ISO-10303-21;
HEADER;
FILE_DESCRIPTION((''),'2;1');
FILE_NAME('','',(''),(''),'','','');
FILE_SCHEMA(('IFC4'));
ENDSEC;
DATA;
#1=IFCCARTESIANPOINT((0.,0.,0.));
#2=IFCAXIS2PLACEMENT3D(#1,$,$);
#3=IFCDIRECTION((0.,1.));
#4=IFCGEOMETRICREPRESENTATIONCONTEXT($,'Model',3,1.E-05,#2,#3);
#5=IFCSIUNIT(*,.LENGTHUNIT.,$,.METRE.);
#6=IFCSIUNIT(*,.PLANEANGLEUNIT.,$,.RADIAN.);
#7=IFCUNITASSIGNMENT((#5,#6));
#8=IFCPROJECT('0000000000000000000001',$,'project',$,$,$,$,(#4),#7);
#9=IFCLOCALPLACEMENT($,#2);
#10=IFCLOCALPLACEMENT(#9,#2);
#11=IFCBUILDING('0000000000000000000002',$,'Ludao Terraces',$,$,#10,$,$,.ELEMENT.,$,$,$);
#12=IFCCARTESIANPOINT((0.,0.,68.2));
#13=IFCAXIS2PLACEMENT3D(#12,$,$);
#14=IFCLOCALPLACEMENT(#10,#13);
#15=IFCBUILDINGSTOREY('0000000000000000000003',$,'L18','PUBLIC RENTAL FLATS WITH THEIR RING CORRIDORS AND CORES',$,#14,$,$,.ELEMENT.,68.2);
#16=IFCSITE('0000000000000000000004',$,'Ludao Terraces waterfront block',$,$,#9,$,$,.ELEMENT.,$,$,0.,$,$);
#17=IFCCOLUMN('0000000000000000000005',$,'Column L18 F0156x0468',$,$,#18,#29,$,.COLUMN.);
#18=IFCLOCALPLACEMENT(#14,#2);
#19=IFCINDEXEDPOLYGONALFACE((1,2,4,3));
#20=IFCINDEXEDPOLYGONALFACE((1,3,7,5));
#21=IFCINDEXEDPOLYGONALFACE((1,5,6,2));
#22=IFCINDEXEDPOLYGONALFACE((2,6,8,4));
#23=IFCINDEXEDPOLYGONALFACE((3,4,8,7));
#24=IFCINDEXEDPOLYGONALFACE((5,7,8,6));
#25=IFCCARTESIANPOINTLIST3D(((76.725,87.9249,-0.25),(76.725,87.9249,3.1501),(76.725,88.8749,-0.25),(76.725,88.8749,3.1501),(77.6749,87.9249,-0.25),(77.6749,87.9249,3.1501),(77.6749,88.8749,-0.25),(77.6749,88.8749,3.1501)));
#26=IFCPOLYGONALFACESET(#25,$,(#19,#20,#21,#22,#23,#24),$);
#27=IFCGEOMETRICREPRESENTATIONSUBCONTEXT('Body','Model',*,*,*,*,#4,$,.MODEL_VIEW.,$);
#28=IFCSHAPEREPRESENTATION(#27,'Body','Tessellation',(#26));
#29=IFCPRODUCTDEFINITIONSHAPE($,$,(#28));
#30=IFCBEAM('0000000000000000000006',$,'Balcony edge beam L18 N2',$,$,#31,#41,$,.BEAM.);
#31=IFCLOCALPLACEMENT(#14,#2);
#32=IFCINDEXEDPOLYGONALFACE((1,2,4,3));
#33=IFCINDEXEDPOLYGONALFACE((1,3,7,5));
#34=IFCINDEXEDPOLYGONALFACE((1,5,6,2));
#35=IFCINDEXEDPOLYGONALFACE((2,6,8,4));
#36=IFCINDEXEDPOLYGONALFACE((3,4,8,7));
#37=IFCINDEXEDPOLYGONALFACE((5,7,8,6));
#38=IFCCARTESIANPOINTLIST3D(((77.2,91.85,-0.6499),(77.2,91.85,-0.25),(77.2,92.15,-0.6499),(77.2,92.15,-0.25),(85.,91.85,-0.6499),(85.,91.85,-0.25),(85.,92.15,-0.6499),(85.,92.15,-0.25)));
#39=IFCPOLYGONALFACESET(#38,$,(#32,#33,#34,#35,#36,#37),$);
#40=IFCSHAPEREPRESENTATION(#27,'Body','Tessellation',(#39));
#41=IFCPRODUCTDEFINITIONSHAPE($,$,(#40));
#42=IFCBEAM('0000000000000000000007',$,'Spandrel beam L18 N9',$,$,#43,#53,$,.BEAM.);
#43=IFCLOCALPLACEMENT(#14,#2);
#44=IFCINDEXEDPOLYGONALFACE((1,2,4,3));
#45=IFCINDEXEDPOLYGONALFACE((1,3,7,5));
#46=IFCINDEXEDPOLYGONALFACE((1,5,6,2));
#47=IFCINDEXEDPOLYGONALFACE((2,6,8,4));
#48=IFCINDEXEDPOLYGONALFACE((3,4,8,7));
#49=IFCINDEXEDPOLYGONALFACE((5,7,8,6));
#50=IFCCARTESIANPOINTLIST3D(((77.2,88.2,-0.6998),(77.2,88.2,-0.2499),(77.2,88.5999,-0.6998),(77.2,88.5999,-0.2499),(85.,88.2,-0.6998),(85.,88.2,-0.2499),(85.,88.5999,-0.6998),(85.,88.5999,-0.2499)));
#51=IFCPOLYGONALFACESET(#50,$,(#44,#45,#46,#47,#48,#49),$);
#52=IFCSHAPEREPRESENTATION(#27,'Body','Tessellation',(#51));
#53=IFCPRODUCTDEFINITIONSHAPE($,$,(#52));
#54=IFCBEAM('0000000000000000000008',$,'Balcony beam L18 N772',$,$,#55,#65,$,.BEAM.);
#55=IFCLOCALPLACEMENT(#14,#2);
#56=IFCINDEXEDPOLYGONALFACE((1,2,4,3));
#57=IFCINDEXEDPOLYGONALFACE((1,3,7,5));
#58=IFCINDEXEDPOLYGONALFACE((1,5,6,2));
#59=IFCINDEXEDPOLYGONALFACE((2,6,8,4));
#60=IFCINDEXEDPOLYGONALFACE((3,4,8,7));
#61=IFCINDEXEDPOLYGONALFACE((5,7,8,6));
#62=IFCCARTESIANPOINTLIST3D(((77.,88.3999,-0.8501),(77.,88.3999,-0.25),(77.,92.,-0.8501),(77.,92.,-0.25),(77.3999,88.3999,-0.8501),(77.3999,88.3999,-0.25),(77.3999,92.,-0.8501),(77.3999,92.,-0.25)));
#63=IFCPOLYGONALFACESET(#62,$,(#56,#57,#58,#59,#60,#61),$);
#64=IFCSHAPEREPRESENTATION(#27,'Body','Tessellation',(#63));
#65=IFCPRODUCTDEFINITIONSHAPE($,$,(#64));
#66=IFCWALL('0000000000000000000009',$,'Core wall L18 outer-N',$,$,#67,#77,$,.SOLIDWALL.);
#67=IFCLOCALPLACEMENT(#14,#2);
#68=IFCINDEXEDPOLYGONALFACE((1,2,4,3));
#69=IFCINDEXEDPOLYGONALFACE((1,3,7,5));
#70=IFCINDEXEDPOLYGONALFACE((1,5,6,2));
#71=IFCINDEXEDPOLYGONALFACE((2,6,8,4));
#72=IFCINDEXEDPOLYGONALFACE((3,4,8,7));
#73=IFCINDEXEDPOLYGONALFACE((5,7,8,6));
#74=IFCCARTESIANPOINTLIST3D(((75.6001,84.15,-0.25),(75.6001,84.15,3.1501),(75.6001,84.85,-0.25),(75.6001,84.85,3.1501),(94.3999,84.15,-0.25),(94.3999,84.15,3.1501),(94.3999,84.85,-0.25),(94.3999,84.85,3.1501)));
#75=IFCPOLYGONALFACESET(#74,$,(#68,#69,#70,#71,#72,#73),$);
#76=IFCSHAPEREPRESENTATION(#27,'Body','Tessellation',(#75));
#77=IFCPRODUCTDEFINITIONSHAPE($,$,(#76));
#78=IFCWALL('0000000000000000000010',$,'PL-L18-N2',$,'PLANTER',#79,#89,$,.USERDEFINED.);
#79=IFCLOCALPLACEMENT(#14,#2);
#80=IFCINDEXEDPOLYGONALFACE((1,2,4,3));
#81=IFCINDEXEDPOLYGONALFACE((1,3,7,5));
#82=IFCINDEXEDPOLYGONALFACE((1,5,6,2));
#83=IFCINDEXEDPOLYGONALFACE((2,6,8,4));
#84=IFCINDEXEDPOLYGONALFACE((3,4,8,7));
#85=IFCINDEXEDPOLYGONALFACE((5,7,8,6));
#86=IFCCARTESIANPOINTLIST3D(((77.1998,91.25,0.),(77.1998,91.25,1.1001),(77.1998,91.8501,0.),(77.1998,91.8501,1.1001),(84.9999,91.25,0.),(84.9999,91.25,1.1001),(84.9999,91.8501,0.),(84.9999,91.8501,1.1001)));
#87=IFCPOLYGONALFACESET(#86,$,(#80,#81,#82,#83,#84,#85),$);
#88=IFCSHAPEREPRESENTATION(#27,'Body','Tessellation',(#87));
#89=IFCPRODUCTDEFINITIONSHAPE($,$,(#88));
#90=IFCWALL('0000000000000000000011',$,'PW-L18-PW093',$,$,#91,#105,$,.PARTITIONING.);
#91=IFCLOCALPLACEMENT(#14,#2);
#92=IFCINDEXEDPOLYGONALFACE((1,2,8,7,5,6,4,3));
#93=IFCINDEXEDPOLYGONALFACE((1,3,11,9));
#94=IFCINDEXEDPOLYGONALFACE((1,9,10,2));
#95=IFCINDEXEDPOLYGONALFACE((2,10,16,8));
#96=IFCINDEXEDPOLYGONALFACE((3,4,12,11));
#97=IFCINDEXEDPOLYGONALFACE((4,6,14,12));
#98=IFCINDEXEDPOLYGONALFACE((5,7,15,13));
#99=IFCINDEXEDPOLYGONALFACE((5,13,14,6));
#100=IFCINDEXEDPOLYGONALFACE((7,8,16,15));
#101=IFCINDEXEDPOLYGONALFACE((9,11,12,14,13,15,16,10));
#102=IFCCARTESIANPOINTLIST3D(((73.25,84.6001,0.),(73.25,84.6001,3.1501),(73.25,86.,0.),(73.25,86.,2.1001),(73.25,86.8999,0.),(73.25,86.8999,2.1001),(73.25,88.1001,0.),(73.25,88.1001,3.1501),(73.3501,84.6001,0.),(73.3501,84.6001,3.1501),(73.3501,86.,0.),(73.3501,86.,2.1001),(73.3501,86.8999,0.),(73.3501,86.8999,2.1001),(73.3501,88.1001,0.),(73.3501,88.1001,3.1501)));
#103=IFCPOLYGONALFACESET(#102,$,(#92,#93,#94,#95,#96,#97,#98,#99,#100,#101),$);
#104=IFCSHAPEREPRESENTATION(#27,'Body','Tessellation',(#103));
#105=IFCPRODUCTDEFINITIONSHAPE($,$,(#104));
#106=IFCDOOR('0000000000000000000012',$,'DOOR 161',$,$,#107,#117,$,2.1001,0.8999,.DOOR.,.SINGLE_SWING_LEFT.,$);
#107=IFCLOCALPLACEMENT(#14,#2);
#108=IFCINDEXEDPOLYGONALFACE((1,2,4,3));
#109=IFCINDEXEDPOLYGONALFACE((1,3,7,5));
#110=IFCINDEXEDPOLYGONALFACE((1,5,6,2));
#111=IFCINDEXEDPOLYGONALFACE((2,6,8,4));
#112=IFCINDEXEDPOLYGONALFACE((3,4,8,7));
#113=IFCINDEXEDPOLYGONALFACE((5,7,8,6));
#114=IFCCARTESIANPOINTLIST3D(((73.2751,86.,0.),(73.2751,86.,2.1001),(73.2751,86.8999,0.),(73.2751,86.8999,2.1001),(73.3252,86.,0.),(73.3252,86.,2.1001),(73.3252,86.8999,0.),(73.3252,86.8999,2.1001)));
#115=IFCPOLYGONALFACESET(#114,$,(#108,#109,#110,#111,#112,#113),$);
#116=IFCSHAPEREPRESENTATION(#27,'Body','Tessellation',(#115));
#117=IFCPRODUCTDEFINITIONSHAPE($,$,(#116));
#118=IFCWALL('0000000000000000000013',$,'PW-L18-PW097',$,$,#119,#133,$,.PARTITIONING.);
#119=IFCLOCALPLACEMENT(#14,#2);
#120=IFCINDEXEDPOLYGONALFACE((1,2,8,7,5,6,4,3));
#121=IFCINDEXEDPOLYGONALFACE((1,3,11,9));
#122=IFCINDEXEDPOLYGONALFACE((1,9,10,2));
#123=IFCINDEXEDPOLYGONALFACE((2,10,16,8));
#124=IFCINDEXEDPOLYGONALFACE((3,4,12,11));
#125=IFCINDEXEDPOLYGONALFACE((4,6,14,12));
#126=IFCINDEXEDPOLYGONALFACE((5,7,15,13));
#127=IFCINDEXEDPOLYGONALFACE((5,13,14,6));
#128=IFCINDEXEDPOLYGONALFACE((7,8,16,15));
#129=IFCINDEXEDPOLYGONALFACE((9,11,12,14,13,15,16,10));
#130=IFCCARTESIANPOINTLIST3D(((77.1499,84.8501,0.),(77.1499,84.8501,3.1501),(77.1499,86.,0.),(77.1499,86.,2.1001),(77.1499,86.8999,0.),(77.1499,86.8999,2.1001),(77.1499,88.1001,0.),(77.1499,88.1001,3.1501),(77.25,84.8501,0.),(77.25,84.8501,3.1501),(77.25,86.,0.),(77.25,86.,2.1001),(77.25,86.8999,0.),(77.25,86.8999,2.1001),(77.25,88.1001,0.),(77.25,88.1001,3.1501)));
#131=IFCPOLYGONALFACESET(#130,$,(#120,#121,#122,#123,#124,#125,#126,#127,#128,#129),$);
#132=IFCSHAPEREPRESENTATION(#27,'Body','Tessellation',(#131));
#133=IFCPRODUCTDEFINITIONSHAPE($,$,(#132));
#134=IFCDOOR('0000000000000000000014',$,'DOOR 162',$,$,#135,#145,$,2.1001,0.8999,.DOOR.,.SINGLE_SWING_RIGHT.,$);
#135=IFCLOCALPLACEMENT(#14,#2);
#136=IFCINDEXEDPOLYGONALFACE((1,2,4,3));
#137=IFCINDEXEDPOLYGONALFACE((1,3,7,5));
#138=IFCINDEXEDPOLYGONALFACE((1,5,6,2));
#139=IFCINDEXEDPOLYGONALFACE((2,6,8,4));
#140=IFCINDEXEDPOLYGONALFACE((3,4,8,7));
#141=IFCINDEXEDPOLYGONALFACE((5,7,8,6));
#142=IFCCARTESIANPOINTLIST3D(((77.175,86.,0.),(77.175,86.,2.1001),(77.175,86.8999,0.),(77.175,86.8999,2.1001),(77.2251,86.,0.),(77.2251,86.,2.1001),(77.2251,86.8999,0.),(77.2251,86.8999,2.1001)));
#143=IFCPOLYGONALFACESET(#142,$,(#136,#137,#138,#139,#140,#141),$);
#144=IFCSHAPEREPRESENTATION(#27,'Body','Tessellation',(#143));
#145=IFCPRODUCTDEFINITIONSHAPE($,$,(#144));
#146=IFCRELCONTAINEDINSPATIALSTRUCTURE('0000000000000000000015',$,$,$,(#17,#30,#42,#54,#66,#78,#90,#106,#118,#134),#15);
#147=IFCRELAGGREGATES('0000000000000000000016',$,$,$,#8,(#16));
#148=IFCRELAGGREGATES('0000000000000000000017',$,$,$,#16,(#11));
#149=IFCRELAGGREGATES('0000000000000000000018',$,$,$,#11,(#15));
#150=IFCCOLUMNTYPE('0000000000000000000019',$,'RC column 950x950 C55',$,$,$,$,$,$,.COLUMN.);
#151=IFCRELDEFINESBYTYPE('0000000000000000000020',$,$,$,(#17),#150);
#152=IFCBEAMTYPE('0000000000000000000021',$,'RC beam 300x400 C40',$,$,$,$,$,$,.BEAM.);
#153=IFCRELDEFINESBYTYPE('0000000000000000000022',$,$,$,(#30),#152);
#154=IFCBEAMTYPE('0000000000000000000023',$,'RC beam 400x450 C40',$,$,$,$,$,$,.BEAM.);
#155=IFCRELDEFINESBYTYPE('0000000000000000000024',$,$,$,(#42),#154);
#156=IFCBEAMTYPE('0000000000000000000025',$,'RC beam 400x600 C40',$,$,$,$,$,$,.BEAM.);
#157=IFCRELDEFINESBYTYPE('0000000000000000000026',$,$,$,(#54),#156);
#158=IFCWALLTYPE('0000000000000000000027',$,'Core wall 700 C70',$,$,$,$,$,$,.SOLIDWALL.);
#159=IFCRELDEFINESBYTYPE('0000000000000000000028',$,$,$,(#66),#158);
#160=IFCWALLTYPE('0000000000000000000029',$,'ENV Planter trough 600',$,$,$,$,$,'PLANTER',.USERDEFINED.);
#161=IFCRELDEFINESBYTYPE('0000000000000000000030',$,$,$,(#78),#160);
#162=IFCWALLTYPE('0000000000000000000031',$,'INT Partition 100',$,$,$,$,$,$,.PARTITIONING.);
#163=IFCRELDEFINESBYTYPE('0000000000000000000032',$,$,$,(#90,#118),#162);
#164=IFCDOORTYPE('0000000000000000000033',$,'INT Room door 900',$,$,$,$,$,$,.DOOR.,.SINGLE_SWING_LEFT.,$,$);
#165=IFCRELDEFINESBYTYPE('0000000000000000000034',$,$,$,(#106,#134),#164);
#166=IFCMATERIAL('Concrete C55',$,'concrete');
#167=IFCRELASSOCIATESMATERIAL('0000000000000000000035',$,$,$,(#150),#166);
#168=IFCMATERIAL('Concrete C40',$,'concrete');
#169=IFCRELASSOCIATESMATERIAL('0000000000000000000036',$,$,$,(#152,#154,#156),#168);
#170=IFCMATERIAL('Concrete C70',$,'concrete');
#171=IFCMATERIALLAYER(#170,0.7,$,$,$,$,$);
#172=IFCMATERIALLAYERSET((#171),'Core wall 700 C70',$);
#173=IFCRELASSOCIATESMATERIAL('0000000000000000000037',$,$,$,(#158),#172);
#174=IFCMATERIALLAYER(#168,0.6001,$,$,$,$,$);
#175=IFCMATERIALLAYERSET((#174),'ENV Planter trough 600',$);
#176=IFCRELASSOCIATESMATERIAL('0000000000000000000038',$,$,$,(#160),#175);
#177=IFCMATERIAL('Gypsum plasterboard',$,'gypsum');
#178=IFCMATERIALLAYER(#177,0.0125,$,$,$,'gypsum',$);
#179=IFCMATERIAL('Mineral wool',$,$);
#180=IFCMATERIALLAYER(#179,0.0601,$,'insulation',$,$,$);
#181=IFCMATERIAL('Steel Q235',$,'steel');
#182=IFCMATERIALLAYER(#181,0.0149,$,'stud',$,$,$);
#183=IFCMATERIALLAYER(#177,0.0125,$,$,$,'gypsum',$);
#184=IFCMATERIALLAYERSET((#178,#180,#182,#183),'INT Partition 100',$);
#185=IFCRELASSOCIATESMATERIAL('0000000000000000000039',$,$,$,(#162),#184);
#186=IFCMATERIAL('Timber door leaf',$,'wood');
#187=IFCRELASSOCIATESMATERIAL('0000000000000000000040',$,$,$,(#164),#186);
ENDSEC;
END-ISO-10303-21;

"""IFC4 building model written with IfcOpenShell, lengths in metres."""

from ifc_helpers import new_model, si_unit, direction, frame, frame_2d, origin, origin_2d, place, context, subcontext, project, spatial, rectangle, extrude, material, layer, layer_set, material_profile, profile_set, type_object, element, fill, save


model = new_model("IFC4")

# Units and contexts
model_context = context("Model", 3, precision=1e-05, world=origin(), true_north=direction((0.0, 1.0)))
body_context = subcontext(model_context, "Body", "Model", "MODEL_VIEW")
ifc_project = project(units=[si_unit("LENGTHUNIT", "METRE"), si_unit("PLANEANGLEUNIT", "RADIAN")], contexts=[model_context])

# Site, building, storey
site_placement = place(None, origin())
site = spatial("IfcSite", under=ifc_project, at=site_placement, Name="Ludao Terraces waterfront block", CompositionType="ELEMENT", RefElevation=0.0)
building_placement = place(site_placement, origin())
building = spatial("IfcBuilding", under=site, at=building_placement, Name="Ludao Terraces", CompositionType="ELEMENT")
storey_placement = place(building_placement, frame((0.0, 0.0, 68.2)))
storey = spatial("IfcBuildingStorey", under=building, at=storey_placement, Name="L18", Description="PUBLIC RENTAL FLATS WITH THEIR RING CORRIDORS AND CORES", CompositionType="ELEMENT", Elevation=68.2)

# Column
ifc_material_1 = material(Name="Concrete C55", Category="concrete")
ifc_material_profile_1 = material_profile(ifc_material_1, rectangle(XDim=0.95, YDim=0.95, at=origin_2d()), Name="950 X 950")
ifc_profile_set_1 = profile_set([ifc_material_profile_1], Name="Concrete C55")
column_type = type_object("IfcColumnType", Name="RC column 950x950 C55", PredefinedType="COLUMN", material=ifc_profile_set_1)
column_placement = place(storey_placement, frame((77.2, 88.3999, -0.25), z_axis=(0.0, 0.0, 1.0), x_axis=(1.0, 0.0, 0.0)))
element("IfcColumn", 1, at=column_placement, inside=storey, type_object=column_type, Name="Column L18 F0156x0468", PredefinedType="COLUMN", context=body_context, shape_type="SweptSolid", body=[
    extrude(rectangle(XDim=0.95, YDim=0.95, at=origin_2d()), origin(), (0.0, 0.0, 1.0), 3.4001),
])

# Beams
ifc_material_2 = material(Name="Concrete C40", Category="concrete")
ifc_material_profile_2 = material_profile(ifc_material_2, rectangle(XDim=0.3, YDim=0.3999, at=origin_2d()), Name="300 X 400")
ifc_profile_set_2 = profile_set([ifc_material_profile_2], Name="Concrete C40")
beam_type_1 = type_object("IfcBeamType", Name="RC beam 300x400 C40", PredefinedType="BEAM", material=ifc_profile_set_2)
beam_1_placement = place(storey_placement, frame((77.2, 92.0, -0.45), z_axis=(1.0, 0.0, 0.0), x_axis=(0.0, 1.0, 0.0)))
element("IfcBeam", 2, at=beam_1_placement, inside=storey, type_object=beam_type_1, Name="Balcony edge beam L18 N2", PredefinedType="BEAM", context=body_context, shape_type="SweptSolid", body=[
    extrude(rectangle(XDim=0.3, YDim=0.3999, at=origin_2d()), origin(), (0.0, 0.0, 1.0), 7.8),
])
ifc_material_profile_3 = material_profile(ifc_material_2, rectangle(XDim=0.3999, YDim=0.45, at=origin_2d()), Name="400 X 450")
ifc_profile_set_3 = profile_set([ifc_material_profile_3], Name="Concrete C40")
beam_type_2 = type_object("IfcBeamType", Name="RC beam 400x450 C40", PredefinedType="BEAM", material=ifc_profile_set_3)
beam_2_placement = place(storey_placement, frame((77.2, 88.3999, -0.4749), z_axis=(1.0, 0.0, 0.0), x_axis=(0.0, 1.0, 0.0)))
element("IfcBeam", 3, at=beam_2_placement, inside=storey, type_object=beam_type_2, Name="Spandrel beam L18 N9", PredefinedType="BEAM", context=body_context, shape_type="SweptSolid", body=[
    extrude(rectangle(XDim=0.3999, YDim=0.45, at=origin_2d()), origin(), (0.0, 0.0, 1.0), 7.8),
])
ifc_material_profile_4 = material_profile(ifc_material_2, rectangle(XDim=0.3999, YDim=0.6001, at=origin_2d()), Name="400 X 600")
ifc_profile_set_4 = profile_set([ifc_material_profile_4], Name="Concrete C40")
beam_type_3 = type_object("IfcBeamType", Name="RC beam 400x600 C40", PredefinedType="BEAM", material=ifc_profile_set_4)
beam_3_placement = place(storey_placement, frame((77.2, 88.3999, -0.55), z_axis=(0.0, 1.0, 0.0), x_axis=(-1.0, 0.0, 0.0)))
element("IfcBeam", 4, at=beam_3_placement, inside=storey, type_object=beam_type_3, Name="Balcony beam L18 N772", PredefinedType="BEAM", context=body_context, shape_type="SweptSolid", body=[
    extrude(rectangle(XDim=0.3999, YDim=0.6001, at=origin_2d()), origin(), (0.0, 0.0, 1.0), 3.6001),
])

# Walls
ifc_material_3 = material(Name="Concrete C70", Category="concrete")
ifc_layer_1 = layer(ifc_material_3, 0.7)
ifc_layer_set_1 = layer_set([ifc_layer_1], Name="Core wall 700 C70")
wall_type_1 = type_object("IfcWallType", Name="Core wall 700 C70", PredefinedType="SOLIDWALL", material=ifc_layer_set_1)
wall_1_placement = place(storey_placement, frame((75.6001, 84.5, -0.25), z_axis=(0.0, 0.0, 1.0), x_axis=(1.0, 0.0, 0.0)))
element("IfcWall", 5, at=wall_1_placement, inside=storey, type_object=wall_type_1, Name="Core wall L18 outer-N", PredefinedType="SOLIDWALL", context=body_context, shape_type="SweptSolid", body=[
    extrude(rectangle(XDim=18.7998, YDim=0.7, at=frame_2d((9.3999, 0.0))), origin(), (0.0, 0.0, 1.0), 3.4001),
])
ifc_layer_2 = layer(ifc_material_2, 0.6001)
ifc_layer_set_2 = layer_set([ifc_layer_2], Name="ENV Planter trough 600")
wall_type_2 = type_object("IfcWallType", Name="ENV Planter trough 600", ElementType="PLANTER", PredefinedType="USERDEFINED", material=ifc_layer_set_2)
wall_2_placement = place(storey_placement, frame((77.2, 91.55, 0.0), z_axis=(0.0, 0.0, 1.0), x_axis=(1.0, 0.0, 0.0)))
element("IfcWall", 6, at=wall_2_placement, inside=storey, type_object=wall_type_2, Name="PL-L18-N2", ObjectType="PLANTER", PredefinedType="USERDEFINED", context=body_context, shape_type="SweptSolid", body=[
    extrude(rectangle(XDim=7.8, YDim=0.6001, at=frame_2d((3.8999, 0.0))), origin(), (0.0, 0.0, 1.0), 1.1001),
])

# Shared definitions
ifc_material_4 = material(Name="Mineral wool")

# Walls, openings, doors
ifc_material_5 = material(Name="Gypsum plasterboard", Category="gypsum")
ifc_layer_3 = layer(ifc_material_5, 0.0125, Category="gypsum")
ifc_layer_4 = layer(ifc_material_4, 0.0601, Name="insulation")
ifc_material_6 = material(Name="Steel Q235", Category="steel")
ifc_layer_5 = layer(ifc_material_6, 0.0149, Name="stud")
ifc_layer_6 = layer(ifc_material_5, 0.0125, Category="gypsum")
ifc_layer_set_3 = layer_set([ifc_layer_3, ifc_layer_4, ifc_layer_5, ifc_layer_6], Name="INT Partition 100")
wall_type_3 = type_object("IfcWallType", Name="INT Partition 100", PredefinedType="PARTITIONING", material=ifc_layer_set_3)
wall_3_placement = place(storey_placement, frame((73.3, 84.6001, 0.0), z_axis=(0.0, 0.0, 1.0), x_axis=(0.0, 1.0, 0.0)))
wall_3 = element("IfcWall", 7, at=wall_3_placement, inside=storey, type_object=wall_type_3, Name="PW-L18-PW093", PredefinedType="PARTITIONING", context=body_context, shape_type="SweptSolid", body=[
    extrude(rectangle(XDim=3.5, YDim=0.1001, at=frame_2d((1.75, 0.0))), origin(), (0.0, 0.0, 1.0), 3.1501),
])
opening_1_placement = place(wall_3_placement, frame((1.3999, 0.0, 0.0)))
opening_1 = element("IfcOpeningElement", 8, at=opening_1_placement, cuts=wall_3, PredefinedType="OPENING", context=body_context, shape_type="SweptSolid", body=[
    extrude(rectangle(XDim=0.8999, YDim=2.1001, at=frame_2d((0.45, 1.05))), frame((0.0, 0.0601, 0.0), z_axis=(0.0, -1.0, 0.0), x_axis=(1.0, 0.0, 0.0)), (0.0, 0.0, 1.0), 0.1201),
])
ifc_material_7 = material(Name="Timber door leaf", Category="wood")
door_type_1 = type_object("IfcDoorType", Name="INT Room door 900", OperationType="SINGLE_SWING_LEFT", PredefinedType="DOOR", material=ifc_material_7)
door_1_placement = place(opening_1_placement, origin())
door_1 = element("IfcDoor", 9, at=door_1_placement, inside=storey, type_object=door_type_1, Name="DOOR 161", OperationType="SINGLE_SWING_LEFT", OverallHeight=2.1001, OverallWidth=0.8999, PredefinedType="DOOR", context=body_context, shape_type="SweptSolid", body=[
    extrude(rectangle(XDim=0.8999, YDim=2.1001, at=frame_2d((0.45, 1.05))), frame((0.0, 0.0249, 0.0), z_axis=(0.0, -1.0, 0.0), x_axis=(1.0, 0.0, 0.0)), (0.0, 0.0, 1.0), 0.05),
])
fill(opening_1, door_1)
wall_4_placement = place(storey_placement, frame((77.2, 84.8501, 0.0), z_axis=(0.0, 0.0, 1.0), x_axis=(0.0, 1.0, 0.0)))
wall_4 = element("IfcWall", 10, at=wall_4_placement, inside=storey, type_object=wall_type_3, Name="PW-L18-PW097", PredefinedType="PARTITIONING", context=body_context, shape_type="SweptSolid", body=[
    extrude(rectangle(XDim=3.25, YDim=0.1001, at=frame_2d((1.625, 0.0))), origin(), (0.0, 0.0, 1.0), 3.1501),
])
opening_2_placement = place(wall_4_placement, frame((1.1499, 0.0, 0.0)))
opening_2 = element("IfcOpeningElement", 11, at=opening_2_placement, cuts=wall_4, PredefinedType="OPENING", context=body_context, shape_type="SweptSolid", body=[
    extrude(rectangle(XDim=0.8999, YDim=2.1001, at=frame_2d((0.45, 1.05))), frame((0.0, 0.0601, 0.0), z_axis=(0.0, -1.0, 0.0), x_axis=(1.0, 0.0, 0.0)), (0.0, 0.0, 1.0), 0.1201),
])
door_2_placement = place(opening_2_placement, origin())
door_2 = element("IfcDoor", 12, at=door_2_placement, inside=storey, type_object=door_type_1, Name="DOOR 162", OperationType="SINGLE_SWING_RIGHT", OverallHeight=2.1001, OverallWidth=0.8999, PredefinedType="DOOR", context=body_context, shape_type="SweptSolid", body=[
    extrude(rectangle(XDim=0.8999, YDim=2.1001, at=frame_2d((0.45, 1.05))), frame((0.0, 0.0249, 0.0), z_axis=(0.0, -1.0, 0.0), x_axis=(1.0, 0.0, 0.0)), (0.0, 0.0, 1.0), 0.05),
])
fill(opening_2, door_2)

save(model, "model.ifc")
